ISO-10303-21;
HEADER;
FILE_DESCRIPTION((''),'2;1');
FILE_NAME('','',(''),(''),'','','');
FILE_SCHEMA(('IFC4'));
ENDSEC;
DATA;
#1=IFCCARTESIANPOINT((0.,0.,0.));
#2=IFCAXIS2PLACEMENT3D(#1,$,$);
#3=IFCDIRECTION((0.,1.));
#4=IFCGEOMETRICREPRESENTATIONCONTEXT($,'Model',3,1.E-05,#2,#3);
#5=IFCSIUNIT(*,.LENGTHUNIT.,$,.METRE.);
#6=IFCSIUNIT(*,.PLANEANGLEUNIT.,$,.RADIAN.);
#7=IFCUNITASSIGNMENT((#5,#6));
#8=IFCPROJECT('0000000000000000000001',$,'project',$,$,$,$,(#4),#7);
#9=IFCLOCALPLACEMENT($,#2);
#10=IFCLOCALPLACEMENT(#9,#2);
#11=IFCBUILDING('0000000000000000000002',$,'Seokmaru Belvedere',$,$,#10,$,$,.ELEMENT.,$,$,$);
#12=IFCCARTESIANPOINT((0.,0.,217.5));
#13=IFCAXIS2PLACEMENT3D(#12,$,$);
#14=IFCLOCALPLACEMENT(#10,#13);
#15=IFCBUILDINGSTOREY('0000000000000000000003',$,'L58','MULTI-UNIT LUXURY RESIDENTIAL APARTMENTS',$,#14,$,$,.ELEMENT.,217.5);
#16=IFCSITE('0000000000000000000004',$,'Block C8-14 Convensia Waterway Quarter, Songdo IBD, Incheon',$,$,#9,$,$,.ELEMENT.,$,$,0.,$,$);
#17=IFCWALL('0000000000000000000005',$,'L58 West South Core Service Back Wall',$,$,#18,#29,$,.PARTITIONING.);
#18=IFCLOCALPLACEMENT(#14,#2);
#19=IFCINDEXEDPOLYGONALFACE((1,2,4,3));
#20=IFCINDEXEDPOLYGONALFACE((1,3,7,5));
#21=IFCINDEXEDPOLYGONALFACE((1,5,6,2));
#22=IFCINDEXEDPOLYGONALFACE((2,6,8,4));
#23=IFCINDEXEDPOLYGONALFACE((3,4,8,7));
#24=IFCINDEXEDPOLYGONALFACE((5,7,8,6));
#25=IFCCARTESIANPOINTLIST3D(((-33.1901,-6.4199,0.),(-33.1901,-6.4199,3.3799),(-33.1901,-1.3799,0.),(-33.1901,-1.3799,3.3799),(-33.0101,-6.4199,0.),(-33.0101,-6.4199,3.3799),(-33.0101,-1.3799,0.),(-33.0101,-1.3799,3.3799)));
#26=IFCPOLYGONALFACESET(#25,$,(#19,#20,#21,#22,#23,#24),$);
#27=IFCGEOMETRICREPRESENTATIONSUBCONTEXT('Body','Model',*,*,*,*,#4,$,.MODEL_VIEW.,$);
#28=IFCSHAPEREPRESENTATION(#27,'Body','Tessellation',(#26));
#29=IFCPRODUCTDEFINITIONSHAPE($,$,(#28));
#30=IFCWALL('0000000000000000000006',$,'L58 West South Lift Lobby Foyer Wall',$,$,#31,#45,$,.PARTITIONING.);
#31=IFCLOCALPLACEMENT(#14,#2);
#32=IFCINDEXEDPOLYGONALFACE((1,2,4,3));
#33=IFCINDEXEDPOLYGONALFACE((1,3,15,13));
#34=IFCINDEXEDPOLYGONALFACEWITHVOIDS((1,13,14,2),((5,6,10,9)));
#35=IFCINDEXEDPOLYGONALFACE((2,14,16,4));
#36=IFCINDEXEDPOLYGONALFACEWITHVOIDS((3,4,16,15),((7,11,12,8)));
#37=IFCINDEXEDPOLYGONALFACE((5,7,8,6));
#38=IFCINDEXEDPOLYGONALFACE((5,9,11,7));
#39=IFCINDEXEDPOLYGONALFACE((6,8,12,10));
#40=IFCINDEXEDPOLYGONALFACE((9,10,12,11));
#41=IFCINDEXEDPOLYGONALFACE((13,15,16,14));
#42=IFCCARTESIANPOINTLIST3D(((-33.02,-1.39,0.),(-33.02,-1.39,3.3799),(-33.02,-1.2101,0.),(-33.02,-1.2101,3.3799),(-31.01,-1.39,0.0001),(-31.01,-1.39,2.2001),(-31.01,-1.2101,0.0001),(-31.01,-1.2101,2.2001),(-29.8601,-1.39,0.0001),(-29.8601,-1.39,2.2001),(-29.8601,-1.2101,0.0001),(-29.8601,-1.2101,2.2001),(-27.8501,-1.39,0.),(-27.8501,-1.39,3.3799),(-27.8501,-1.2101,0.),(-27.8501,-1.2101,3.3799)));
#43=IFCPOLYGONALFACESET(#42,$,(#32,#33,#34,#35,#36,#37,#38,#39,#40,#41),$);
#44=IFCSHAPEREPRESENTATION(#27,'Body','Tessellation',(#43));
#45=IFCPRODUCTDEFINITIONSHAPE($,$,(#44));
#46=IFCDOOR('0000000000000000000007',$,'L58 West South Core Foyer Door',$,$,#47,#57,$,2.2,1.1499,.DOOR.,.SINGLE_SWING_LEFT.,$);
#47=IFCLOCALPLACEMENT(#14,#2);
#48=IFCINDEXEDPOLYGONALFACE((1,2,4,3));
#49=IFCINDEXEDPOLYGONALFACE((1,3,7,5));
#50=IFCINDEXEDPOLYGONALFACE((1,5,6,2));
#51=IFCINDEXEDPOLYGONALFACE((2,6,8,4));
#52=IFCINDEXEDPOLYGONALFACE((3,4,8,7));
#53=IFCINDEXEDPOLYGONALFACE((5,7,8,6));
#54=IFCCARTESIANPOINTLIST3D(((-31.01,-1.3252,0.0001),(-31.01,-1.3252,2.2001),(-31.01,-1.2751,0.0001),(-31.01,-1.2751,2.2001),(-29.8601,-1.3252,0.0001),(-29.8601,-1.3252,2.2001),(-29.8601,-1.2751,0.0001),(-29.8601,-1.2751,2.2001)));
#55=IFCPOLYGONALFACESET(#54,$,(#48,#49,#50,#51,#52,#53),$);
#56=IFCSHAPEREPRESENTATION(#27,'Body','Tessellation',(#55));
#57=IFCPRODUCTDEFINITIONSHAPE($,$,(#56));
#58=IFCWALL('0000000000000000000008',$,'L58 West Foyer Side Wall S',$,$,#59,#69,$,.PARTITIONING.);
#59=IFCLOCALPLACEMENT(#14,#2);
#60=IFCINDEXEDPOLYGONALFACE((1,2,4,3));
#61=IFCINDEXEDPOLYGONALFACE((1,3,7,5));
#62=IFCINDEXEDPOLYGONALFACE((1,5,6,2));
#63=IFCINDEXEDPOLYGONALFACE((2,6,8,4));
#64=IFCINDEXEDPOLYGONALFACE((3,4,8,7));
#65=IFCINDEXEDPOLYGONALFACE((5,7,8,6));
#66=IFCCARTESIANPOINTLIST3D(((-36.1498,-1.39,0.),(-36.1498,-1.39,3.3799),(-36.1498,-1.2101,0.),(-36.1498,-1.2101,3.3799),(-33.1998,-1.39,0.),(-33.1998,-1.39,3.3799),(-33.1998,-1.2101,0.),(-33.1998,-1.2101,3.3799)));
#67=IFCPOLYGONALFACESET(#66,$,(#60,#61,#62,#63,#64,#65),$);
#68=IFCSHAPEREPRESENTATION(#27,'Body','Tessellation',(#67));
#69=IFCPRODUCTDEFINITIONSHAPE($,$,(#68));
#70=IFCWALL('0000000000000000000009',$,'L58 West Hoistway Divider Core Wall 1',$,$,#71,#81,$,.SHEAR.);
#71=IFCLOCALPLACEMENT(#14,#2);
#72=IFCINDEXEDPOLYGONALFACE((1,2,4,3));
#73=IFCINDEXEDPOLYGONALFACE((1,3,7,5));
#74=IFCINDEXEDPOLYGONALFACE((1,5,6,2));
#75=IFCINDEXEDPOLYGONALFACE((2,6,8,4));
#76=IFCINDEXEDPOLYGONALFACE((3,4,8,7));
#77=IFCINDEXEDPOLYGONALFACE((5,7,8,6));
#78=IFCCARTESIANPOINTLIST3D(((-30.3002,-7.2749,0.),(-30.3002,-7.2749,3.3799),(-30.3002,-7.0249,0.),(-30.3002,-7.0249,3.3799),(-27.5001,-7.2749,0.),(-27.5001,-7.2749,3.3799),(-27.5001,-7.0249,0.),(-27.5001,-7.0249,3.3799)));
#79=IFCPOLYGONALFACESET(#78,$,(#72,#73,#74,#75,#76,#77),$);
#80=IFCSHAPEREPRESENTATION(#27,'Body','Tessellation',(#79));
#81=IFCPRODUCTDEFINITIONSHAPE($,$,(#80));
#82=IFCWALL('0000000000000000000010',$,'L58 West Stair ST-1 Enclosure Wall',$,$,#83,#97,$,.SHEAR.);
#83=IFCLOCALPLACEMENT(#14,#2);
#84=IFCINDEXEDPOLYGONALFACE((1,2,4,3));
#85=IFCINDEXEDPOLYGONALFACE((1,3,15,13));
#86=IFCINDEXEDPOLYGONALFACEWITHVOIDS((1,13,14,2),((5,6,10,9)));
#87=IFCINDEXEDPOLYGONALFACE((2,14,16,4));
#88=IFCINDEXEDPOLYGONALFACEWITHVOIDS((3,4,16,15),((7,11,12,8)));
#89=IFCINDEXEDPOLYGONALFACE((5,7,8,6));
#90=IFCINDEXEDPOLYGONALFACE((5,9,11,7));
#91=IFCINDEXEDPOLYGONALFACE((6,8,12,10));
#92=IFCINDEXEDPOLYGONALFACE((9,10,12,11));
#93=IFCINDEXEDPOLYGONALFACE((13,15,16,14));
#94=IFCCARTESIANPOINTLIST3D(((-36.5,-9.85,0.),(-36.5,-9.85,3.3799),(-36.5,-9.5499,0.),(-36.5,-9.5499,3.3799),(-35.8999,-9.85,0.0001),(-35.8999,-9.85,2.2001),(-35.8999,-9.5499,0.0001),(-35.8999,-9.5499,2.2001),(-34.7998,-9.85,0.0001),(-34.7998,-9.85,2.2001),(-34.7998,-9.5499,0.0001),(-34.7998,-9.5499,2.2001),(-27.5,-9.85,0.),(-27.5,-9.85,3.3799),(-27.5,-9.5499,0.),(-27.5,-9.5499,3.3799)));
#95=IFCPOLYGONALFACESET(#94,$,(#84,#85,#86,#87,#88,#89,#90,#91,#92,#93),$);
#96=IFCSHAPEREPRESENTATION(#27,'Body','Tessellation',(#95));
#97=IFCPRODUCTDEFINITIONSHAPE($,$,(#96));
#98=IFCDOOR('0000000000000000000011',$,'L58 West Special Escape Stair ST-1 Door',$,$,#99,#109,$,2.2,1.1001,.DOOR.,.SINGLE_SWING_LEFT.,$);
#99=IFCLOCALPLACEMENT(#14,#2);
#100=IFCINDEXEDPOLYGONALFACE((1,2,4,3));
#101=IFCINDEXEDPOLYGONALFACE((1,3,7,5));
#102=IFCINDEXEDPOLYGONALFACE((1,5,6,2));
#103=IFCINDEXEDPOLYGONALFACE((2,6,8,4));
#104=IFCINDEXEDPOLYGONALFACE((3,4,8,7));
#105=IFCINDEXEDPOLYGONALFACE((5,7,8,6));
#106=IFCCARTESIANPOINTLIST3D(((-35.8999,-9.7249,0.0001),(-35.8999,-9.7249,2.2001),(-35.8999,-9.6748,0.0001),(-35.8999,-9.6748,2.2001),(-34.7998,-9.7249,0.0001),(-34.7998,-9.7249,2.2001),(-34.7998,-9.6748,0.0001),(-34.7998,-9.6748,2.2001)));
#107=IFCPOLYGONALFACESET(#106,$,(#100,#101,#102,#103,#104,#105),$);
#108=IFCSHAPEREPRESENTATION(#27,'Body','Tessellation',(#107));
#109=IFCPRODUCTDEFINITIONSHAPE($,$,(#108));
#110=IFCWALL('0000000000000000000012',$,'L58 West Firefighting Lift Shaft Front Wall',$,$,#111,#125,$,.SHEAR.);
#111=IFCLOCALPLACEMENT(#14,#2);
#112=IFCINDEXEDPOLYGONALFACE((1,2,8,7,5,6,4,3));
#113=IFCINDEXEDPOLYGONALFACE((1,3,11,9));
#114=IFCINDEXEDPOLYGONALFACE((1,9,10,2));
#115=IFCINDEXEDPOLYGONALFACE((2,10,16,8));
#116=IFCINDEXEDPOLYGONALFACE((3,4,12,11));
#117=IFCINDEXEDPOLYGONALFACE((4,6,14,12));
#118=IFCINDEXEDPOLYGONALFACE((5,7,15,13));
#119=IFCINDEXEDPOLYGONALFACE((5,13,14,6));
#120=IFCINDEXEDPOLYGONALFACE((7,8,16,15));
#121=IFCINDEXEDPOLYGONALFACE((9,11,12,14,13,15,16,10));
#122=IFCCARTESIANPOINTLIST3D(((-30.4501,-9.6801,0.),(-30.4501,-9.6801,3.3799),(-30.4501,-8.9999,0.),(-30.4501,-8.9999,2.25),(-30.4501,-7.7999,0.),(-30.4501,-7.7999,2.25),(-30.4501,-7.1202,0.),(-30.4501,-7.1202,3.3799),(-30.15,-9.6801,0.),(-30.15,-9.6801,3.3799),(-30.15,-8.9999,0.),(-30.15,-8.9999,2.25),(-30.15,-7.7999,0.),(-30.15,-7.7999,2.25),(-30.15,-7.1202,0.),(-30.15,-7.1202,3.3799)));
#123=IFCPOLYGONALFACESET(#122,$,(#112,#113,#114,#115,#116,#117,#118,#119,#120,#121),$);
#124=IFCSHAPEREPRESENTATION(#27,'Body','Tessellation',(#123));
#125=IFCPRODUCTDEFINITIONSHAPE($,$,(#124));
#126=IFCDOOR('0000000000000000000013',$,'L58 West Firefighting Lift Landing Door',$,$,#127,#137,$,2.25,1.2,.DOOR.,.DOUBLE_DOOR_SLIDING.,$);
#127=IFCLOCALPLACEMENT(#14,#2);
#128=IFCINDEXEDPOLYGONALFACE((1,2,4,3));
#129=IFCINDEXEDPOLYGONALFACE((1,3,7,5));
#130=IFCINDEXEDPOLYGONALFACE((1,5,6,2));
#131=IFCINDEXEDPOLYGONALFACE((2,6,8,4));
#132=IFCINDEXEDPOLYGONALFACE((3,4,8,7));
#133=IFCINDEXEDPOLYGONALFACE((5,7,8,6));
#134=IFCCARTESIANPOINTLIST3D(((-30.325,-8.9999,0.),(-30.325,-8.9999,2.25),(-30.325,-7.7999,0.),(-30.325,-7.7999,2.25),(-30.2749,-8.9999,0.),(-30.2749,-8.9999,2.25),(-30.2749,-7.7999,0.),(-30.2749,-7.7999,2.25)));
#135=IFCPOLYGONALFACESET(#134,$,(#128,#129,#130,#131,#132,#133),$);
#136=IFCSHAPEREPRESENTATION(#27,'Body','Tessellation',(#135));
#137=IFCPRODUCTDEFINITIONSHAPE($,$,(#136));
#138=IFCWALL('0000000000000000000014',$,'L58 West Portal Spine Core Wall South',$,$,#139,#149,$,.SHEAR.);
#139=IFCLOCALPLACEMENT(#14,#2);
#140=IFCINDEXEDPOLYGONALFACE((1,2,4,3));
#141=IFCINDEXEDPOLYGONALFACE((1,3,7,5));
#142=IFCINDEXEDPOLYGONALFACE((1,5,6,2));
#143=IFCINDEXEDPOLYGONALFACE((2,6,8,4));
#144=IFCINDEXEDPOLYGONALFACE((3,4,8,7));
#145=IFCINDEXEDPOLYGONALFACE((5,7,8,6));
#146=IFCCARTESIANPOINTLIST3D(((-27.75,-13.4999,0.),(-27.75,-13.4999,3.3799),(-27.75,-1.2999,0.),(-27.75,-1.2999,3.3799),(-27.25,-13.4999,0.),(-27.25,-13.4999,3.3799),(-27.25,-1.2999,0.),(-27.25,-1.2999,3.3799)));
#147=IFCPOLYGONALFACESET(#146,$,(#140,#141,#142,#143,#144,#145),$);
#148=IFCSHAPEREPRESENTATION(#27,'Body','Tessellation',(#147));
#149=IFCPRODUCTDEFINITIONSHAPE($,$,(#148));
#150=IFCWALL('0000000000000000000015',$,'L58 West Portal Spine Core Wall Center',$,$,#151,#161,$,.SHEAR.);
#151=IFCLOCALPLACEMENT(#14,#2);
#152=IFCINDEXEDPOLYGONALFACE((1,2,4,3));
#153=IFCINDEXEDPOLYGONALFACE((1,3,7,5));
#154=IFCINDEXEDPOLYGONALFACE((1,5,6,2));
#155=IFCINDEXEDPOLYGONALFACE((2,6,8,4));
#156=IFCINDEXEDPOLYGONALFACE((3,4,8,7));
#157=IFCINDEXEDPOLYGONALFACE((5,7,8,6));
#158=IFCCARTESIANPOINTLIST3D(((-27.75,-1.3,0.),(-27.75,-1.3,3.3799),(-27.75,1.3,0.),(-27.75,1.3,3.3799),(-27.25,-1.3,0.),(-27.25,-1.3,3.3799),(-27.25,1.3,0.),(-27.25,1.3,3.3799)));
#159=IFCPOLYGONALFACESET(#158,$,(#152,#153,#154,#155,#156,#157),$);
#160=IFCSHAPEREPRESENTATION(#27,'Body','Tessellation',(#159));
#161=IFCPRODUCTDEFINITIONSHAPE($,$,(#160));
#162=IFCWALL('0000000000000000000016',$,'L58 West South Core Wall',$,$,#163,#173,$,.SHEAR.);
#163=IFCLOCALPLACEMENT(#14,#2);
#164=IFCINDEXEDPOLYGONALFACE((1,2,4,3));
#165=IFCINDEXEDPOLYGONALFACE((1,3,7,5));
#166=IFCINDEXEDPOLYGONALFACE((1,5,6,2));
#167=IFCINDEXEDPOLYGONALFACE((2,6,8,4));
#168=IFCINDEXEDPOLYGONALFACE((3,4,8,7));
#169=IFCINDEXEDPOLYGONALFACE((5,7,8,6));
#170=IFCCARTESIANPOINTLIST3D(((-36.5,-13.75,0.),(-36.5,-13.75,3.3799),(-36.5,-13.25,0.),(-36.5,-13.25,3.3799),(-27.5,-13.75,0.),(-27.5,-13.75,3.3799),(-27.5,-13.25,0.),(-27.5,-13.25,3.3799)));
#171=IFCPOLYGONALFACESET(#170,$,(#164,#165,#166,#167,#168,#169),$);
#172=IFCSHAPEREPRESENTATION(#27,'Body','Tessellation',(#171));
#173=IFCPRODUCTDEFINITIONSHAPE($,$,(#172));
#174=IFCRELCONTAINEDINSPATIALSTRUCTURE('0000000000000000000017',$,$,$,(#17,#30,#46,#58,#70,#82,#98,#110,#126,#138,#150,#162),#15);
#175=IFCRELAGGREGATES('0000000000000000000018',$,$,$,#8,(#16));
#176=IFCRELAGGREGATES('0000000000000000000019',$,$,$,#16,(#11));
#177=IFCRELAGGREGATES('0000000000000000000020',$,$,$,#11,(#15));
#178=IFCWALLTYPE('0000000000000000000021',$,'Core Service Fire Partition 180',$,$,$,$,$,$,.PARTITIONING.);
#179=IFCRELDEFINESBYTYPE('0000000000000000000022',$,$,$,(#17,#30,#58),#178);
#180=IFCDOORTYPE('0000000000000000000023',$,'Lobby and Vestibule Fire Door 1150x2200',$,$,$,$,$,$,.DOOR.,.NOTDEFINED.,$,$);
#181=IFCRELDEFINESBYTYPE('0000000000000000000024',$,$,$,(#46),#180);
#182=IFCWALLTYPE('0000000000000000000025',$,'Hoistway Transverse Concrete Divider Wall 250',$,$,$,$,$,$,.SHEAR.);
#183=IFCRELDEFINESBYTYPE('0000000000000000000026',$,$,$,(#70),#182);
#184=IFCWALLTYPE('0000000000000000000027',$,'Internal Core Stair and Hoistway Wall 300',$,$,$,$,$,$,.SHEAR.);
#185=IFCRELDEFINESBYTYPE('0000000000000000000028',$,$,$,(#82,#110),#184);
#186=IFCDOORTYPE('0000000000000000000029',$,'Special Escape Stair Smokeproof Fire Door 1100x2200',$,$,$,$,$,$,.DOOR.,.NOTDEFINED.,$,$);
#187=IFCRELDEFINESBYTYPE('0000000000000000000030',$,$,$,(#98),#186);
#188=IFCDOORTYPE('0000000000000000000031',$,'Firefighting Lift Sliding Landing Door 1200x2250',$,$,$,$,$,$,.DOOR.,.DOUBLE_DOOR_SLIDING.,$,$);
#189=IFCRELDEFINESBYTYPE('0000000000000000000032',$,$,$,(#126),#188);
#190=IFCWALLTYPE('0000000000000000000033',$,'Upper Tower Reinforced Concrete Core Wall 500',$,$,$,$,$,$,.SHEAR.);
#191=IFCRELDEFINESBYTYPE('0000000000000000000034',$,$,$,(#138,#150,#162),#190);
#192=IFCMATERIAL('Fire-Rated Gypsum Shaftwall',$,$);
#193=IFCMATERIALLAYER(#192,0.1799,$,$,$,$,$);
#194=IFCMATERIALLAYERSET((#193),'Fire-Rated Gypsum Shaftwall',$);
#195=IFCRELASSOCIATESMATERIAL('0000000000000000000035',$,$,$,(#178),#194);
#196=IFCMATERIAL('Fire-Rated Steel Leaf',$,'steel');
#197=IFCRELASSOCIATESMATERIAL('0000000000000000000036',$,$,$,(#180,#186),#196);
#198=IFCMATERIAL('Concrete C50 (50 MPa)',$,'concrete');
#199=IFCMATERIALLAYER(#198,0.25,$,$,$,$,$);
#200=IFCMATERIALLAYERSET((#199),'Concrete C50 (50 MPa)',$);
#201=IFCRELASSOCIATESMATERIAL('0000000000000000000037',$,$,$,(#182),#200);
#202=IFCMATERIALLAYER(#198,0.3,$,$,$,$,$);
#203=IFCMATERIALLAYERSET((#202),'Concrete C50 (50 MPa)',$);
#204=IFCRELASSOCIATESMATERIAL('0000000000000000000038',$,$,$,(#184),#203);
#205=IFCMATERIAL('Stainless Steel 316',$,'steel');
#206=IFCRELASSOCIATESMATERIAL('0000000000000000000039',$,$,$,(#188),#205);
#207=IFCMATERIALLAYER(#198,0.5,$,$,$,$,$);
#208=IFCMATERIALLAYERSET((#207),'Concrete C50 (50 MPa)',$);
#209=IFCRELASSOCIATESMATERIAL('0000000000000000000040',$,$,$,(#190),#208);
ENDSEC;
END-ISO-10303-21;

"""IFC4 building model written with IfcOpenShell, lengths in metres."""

from ifc_helpers import new_model, si_unit, direction, frame, frame_2d, origin, place, context, subcontext, project, spatial, rectangle, extrude, source, transform, mapped, material, layer, layer_set, type_object, type_shapes, element, fill, save


model = new_model("IFC4")

# Units and contexts
model_context = context("Model", 3, precision=1e-05, world=origin(), true_north=direction((0.0, 1.0)))
body_context = subcontext(model_context, "Body", "Model", "MODEL_VIEW")
ifc_project = project(units=[si_unit("LENGTHUNIT", "METRE"), si_unit("PLANEANGLEUNIT", "RADIAN")], contexts=[model_context])

# Site, building, storey
site_placement = place(None, origin())
site = spatial("IfcSite", under=ifc_project, at=site_placement, Name="Block C8-14 Convensia Waterway Quarter, Songdo IBD, Incheon", CompositionType="ELEMENT", RefElevation=0.0)
building_placement = place(site_placement, origin())
building = spatial("IfcBuilding", under=site, at=building_placement, Name="Seokmaru Belvedere", CompositionType="ELEMENT")
storey_placement = place(building_placement, frame((0.0, 0.0, 217.5)))
storey = spatial("IfcBuildingStorey", under=building, at=storey_placement, Name="L58", Description="MULTI-UNIT LUXURY RESIDENTIAL APARTMENTS", CompositionType="ELEMENT", Elevation=217.5)

# Wall
ifc_material_1 = material(Name="Fire-Rated Gypsum Shaftwall")
ifc_layer_1 = layer(ifc_material_1, 0.1799)
ifc_layer_set_1 = layer_set([ifc_layer_1], Name="Fire-Rated Gypsum Shaftwall")
wall_type_1 = type_object("IfcWallType", Name="Core Service Fire Partition 180", PredefinedType="PARTITIONING", material=ifc_layer_set_1)
wall_1_placement = place(storey_placement, frame((-33.1001, -6.4199, 0.0), z_axis=(0.0, 0.0, 1.0), x_axis=(0.0, 1.0, 0.0)))
element("IfcWall", 1, at=wall_1_placement, inside=storey, type_object=wall_type_1, Name="L58 West South Core Service Back Wall", PredefinedType="PARTITIONING", context=body_context, shape_type="SweptSolid", body=[
    extrude(rectangle(XDim=5.04, YDim=0.1799, at=frame_2d((2.52, 0.0))), origin(), (0.0, 0.0, 1.0), 3.3799),
])

# Wall, opening, door
wall_2_placement = place(storey_placement, frame((-33.02, -1.3, 0.0), z_axis=(0.0, 0.0, 1.0), x_axis=(1.0, 0.0, 0.0)))
wall_2 = element("IfcWall", 2, at=wall_2_placement, inside=storey, type_object=wall_type_1, Name="L58 West South Lift Lobby Foyer Wall", PredefinedType="PARTITIONING", context=body_context, shape_type="SweptSolid", body=[
    extrude(rectangle(XDim=5.1699, YDim=0.1799, at=frame_2d((2.585, 0.0))), origin(), (0.0, 0.0, 1.0), 3.3799),
])
opening_1_placement = place(wall_2_placement, frame((2.01, 0.0, 0.0)))
opening_1 = element("IfcOpeningElement", 3, at=opening_1_placement, cuts=wall_2, PredefinedType="OPENING", context=body_context, shape_type="SweptSolid", body=[
    extrude(rectangle(XDim=1.1499, YDim=2.2, at=frame_2d((0.575, 1.1001))), frame((0.0, 0.1001, 0.0), z_axis=(0.0, -1.0, 0.0), x_axis=(1.0, 0.0, 0.0)), (0.0, 0.0, 1.0), 0.2),
])
ifc_material_2 = material(Name="Fire-Rated Steel Leaf", Category="steel")
door_type_1 = type_object("IfcDoorType", Name="Lobby and Vestibule Fire Door 1150x2200", OperationType="NOTDEFINED", PredefinedType="DOOR", material=ifc_material_2)
shared_shape_1 = source(origin(), body_context, "Body", "SweptSolid", [
    extrude(rectangle(XDim=1.1499, YDim=2.2, at=frame_2d((0.575, 1.1001))), frame((0.0, 0.0249, 0.0), z_axis=(0.0, -1.0, 0.0), x_axis=(1.0, 0.0, 0.0)), (0.0, 0.0, 1.0), 0.05),
])
type_shapes(door_type_1, [shared_shape_1])
door_1_placement = place(opening_1_placement, origin())
door_1 = element("IfcDoor", 4, at=door_1_placement, inside=storey, type_object=door_type_1, Name="L58 West South Core Foyer Door", OperationType="SINGLE_SWING_LEFT", OverallHeight=2.2, OverallWidth=1.1499, PredefinedType="DOOR", context=body_context, shape_type="MappedRepresentation", body=[
    mapped(shared_shape_1, transform((0.0, 0.0, 0.0), scale=1.0)),
])
fill(opening_1, door_1)

# Walls
wall_3_placement = place(storey_placement, frame((-36.1499, -1.3, 0.0), z_axis=(0.0, 0.0, 1.0), x_axis=(1.0, 0.0, 0.0)))
element("IfcWall", 5, at=wall_3_placement, inside=storey, type_object=wall_type_1, Name="L58 West Foyer Side Wall S", PredefinedType="PARTITIONING", context=body_context, shape_type="SweptSolid", body=[
    extrude(rectangle(XDim=2.95, YDim=0.1799, at=frame_2d((1.4751, 0.0))), origin(), (0.0, 0.0, 1.0), 3.3799),
])
ifc_material_3 = material(Name="Concrete C50 (50 MPa)", Category="concrete")
ifc_layer_2 = layer(ifc_material_3, 0.25)
ifc_layer_set_2 = layer_set([ifc_layer_2], Name="Concrete C50 (50 MPa)")
wall_type_2 = type_object("IfcWallType", Name="Hoistway Transverse Concrete Divider Wall 250", PredefinedType="SHEAR", material=ifc_layer_set_2)
wall_4_placement = place(storey_placement, frame((-30.3, -7.1499, 0.0), z_axis=(0.0, 0.0, 1.0), x_axis=(1.0, 0.0, 0.0)))
element("IfcWall", 6, at=wall_4_placement, inside=storey, type_object=wall_type_2, Name="L58 West Hoistway Divider Core Wall 1", PredefinedType="SHEAR", context=body_context, shape_type="SweptSolid", body=[
    extrude(rectangle(XDim=2.8, YDim=0.25, at=frame_2d((1.3999, 0.0))), origin(), (0.0, 0.0, 1.0), 3.3799),
])

# Walls, openings, doors
ifc_layer_3 = layer(ifc_material_3, 0.3)
ifc_layer_set_3 = layer_set([ifc_layer_3], Name="Concrete C50 (50 MPa)")
wall_type_3 = type_object("IfcWallType", Name="Internal Core Stair and Hoistway Wall 300", PredefinedType="SHEAR", material=ifc_layer_set_3)
wall_5_placement = place(storey_placement, frame((-36.5, -9.7, 0.0), z_axis=(0.0, 0.0, 1.0), x_axis=(1.0, 0.0, 0.0)))
wall_5 = element("IfcWall", 7, at=wall_5_placement, inside=storey, type_object=wall_type_3, Name="L58 West Stair ST-1 Enclosure Wall", PredefinedType="SHEAR", context=body_context, shape_type="SweptSolid", body=[
    extrude(rectangle(XDim=9.0, YDim=0.3, at=frame_2d((4.5, 0.0))), origin(), (0.0, 0.0, 1.0), 3.3799),
])
opening_2_placement = place(wall_5_placement, frame((0.6001, 0.0, 0.0)))
opening_2 = element("IfcOpeningElement", 8, at=opening_2_placement, cuts=wall_5, PredefinedType="OPENING", context=body_context, shape_type="SweptSolid", body=[
    extrude(rectangle(XDim=1.1001, YDim=2.2, at=frame_2d((0.55, 1.1001))), frame((0.0, 0.1602, 0.0), z_axis=(0.0, -1.0, 0.0), x_axis=(1.0, 0.0, 0.0)), (0.0, 0.0, 1.0), 0.3201),
])
door_type_2 = type_object("IfcDoorType", Name="Special Escape Stair Smokeproof Fire Door 1100x2200", OperationType="NOTDEFINED", PredefinedType="DOOR", material=ifc_material_2)
shared_shape_2 = source(origin(), body_context, "Body", "SweptSolid", [
    extrude(rectangle(XDim=1.1001, YDim=2.2, at=frame_2d((0.55, 1.1001))), frame((0.0, 0.0249, 0.0), z_axis=(0.0, -1.0, 0.0), x_axis=(1.0, 0.0, 0.0)), (0.0, 0.0, 1.0), 0.05),
])
type_shapes(door_type_2, [shared_shape_2])
door_2_placement = place(opening_2_placement, frame((1.1001, 0.0, 0.0), z_axis=(0.0, 0.0, 1.0), x_axis=(-1.0, 0.0, 0.0)))
door_2 = element("IfcDoor", 9, at=door_2_placement, inside=storey, type_object=door_type_2, Name="L58 West Special Escape Stair ST-1 Door", OperationType="SINGLE_SWING_LEFT", OverallHeight=2.2, OverallWidth=1.1001, PredefinedType="DOOR", context=body_context, shape_type="MappedRepresentation", body=[
    mapped(shared_shape_2, transform((0.0, 0.0, 0.0), scale=1.0)),
])
fill(opening_2, door_2)
wall_6_placement = place(storey_placement, frame((-30.3, -9.6799, 0.0), z_axis=(0.0, 0.0, 1.0), x_axis=(0.0, 1.0, 0.0)))
wall_6 = element("IfcWall", 10, at=wall_6_placement, inside=storey, type_object=wall_type_3, Name="L58 West Firefighting Lift Shaft Front Wall", PredefinedType="SHEAR", context=body_context, shape_type="SweptSolid", body=[
    extrude(rectangle(XDim=2.5598, YDim=0.3, at=frame_2d((1.2798, 0.0))), origin(), (0.0, 0.0, 1.0), 3.3799),
])
opening_3_placement = place(wall_6_placement, frame((0.6799, 0.0, 0.0)))
opening_3 = element("IfcOpeningElement", 11, at=opening_3_placement, cuts=wall_6, PredefinedType="OPENING", context=body_context, shape_type="SweptSolid", body=[
    extrude(rectangle(XDim=1.2, YDim=2.25, at=frame_2d((0.6001, 1.125))), frame((0.0, 0.1602, 0.0), z_axis=(0.0, -1.0, 0.0), x_axis=(1.0, 0.0, 0.0)), (0.0, 0.0, 1.0), 0.3201),
])
ifc_material_4 = material(Name="Stainless Steel 316", Category="steel")
door_type_3 = type_object("IfcDoorType", Name="Firefighting Lift Sliding Landing Door 1200x2250", OperationType="DOUBLE_DOOR_SLIDING", PredefinedType="DOOR", material=ifc_material_4)
shared_shape_3 = source(origin(), body_context, "Body", "SweptSolid", [
    extrude(rectangle(XDim=1.2, YDim=2.25, at=frame_2d((0.6001, 1.125))), frame((0.0, 0.0249, 0.0), z_axis=(0.0, -1.0, 0.0), x_axis=(1.0, 0.0, 0.0)), (0.0, 0.0, 1.0), 0.05),
])
type_shapes(door_type_3, [shared_shape_3])
door_3_placement = place(opening_3_placement, origin())
door_3 = element("IfcDoor", 12, at=door_3_placement, inside=storey, type_object=door_type_3, Name="L58 West Firefighting Lift Landing Door", OperationType="DOUBLE_DOOR_SLIDING", OverallHeight=2.25, OverallWidth=1.2, PredefinedType="DOOR", context=body_context, shape_type="MappedRepresentation", body=[
    mapped(shared_shape_3, transform((0.0, 0.0, 0.0), scale=1.0)),
])
fill(opening_3, door_3)

# Walls
ifc_layer_4 = layer(ifc_material_3, 0.5)
ifc_layer_set_4 = layer_set([ifc_layer_4], Name="Concrete C50 (50 MPa)")
wall_type_4 = type_object("IfcWallType", Name="Upper Tower Reinforced Concrete Core Wall 500", PredefinedType="SHEAR", material=ifc_layer_set_4)
wall_7_placement = place(storey_placement, frame((-27.5, -13.5, 0.0), z_axis=(0.0, 0.0, 1.0), x_axis=(0.0, 1.0, 0.0)))
element("IfcWall", 13, at=wall_7_placement, inside=storey, type_object=wall_type_4, Name="L58 West Portal Spine Core Wall South", PredefinedType="SHEAR", context=body_context, shape_type="SweptSolid", body=[
    extrude(rectangle(XDim=12.2, YDim=0.5, at=frame_2d((6.1001, 0.0))), origin(), (0.0, 0.0, 1.0), 3.3799),
])
wall_8_placement = place(storey_placement, frame((-27.5, -1.3, 0.0), z_axis=(0.0, 0.0, 1.0), x_axis=(0.0, 1.0, 0.0)))
element("IfcWall", 14, at=wall_8_placement, inside=storey, type_object=wall_type_4, Name="L58 West Portal Spine Core Wall Center", PredefinedType="SHEAR", context=body_context, shape_type="SweptSolid", body=[
    extrude(rectangle(XDim=2.6001, YDim=0.5, at=frame_2d((1.3, 0.0))), origin(), (0.0, 0.0, 1.0), 3.3799),
])
wall_9_placement = place(storey_placement, frame((-36.5, -13.5, 0.0), z_axis=(0.0, 0.0, 1.0), x_axis=(1.0, 0.0, 0.0)))
element("IfcWall", 15, at=wall_9_placement, inside=storey, type_object=wall_type_4, Name="L58 West South Core Wall", PredefinedType="SHEAR", context=body_context, shape_type="SweptSolid", body=[
    extrude(rectangle(XDim=9.0, YDim=0.5, at=frame_2d((4.5, 0.0))), origin(), (0.0, 0.0, 1.0), 3.3799),
])

save(model, "model.ifc")
